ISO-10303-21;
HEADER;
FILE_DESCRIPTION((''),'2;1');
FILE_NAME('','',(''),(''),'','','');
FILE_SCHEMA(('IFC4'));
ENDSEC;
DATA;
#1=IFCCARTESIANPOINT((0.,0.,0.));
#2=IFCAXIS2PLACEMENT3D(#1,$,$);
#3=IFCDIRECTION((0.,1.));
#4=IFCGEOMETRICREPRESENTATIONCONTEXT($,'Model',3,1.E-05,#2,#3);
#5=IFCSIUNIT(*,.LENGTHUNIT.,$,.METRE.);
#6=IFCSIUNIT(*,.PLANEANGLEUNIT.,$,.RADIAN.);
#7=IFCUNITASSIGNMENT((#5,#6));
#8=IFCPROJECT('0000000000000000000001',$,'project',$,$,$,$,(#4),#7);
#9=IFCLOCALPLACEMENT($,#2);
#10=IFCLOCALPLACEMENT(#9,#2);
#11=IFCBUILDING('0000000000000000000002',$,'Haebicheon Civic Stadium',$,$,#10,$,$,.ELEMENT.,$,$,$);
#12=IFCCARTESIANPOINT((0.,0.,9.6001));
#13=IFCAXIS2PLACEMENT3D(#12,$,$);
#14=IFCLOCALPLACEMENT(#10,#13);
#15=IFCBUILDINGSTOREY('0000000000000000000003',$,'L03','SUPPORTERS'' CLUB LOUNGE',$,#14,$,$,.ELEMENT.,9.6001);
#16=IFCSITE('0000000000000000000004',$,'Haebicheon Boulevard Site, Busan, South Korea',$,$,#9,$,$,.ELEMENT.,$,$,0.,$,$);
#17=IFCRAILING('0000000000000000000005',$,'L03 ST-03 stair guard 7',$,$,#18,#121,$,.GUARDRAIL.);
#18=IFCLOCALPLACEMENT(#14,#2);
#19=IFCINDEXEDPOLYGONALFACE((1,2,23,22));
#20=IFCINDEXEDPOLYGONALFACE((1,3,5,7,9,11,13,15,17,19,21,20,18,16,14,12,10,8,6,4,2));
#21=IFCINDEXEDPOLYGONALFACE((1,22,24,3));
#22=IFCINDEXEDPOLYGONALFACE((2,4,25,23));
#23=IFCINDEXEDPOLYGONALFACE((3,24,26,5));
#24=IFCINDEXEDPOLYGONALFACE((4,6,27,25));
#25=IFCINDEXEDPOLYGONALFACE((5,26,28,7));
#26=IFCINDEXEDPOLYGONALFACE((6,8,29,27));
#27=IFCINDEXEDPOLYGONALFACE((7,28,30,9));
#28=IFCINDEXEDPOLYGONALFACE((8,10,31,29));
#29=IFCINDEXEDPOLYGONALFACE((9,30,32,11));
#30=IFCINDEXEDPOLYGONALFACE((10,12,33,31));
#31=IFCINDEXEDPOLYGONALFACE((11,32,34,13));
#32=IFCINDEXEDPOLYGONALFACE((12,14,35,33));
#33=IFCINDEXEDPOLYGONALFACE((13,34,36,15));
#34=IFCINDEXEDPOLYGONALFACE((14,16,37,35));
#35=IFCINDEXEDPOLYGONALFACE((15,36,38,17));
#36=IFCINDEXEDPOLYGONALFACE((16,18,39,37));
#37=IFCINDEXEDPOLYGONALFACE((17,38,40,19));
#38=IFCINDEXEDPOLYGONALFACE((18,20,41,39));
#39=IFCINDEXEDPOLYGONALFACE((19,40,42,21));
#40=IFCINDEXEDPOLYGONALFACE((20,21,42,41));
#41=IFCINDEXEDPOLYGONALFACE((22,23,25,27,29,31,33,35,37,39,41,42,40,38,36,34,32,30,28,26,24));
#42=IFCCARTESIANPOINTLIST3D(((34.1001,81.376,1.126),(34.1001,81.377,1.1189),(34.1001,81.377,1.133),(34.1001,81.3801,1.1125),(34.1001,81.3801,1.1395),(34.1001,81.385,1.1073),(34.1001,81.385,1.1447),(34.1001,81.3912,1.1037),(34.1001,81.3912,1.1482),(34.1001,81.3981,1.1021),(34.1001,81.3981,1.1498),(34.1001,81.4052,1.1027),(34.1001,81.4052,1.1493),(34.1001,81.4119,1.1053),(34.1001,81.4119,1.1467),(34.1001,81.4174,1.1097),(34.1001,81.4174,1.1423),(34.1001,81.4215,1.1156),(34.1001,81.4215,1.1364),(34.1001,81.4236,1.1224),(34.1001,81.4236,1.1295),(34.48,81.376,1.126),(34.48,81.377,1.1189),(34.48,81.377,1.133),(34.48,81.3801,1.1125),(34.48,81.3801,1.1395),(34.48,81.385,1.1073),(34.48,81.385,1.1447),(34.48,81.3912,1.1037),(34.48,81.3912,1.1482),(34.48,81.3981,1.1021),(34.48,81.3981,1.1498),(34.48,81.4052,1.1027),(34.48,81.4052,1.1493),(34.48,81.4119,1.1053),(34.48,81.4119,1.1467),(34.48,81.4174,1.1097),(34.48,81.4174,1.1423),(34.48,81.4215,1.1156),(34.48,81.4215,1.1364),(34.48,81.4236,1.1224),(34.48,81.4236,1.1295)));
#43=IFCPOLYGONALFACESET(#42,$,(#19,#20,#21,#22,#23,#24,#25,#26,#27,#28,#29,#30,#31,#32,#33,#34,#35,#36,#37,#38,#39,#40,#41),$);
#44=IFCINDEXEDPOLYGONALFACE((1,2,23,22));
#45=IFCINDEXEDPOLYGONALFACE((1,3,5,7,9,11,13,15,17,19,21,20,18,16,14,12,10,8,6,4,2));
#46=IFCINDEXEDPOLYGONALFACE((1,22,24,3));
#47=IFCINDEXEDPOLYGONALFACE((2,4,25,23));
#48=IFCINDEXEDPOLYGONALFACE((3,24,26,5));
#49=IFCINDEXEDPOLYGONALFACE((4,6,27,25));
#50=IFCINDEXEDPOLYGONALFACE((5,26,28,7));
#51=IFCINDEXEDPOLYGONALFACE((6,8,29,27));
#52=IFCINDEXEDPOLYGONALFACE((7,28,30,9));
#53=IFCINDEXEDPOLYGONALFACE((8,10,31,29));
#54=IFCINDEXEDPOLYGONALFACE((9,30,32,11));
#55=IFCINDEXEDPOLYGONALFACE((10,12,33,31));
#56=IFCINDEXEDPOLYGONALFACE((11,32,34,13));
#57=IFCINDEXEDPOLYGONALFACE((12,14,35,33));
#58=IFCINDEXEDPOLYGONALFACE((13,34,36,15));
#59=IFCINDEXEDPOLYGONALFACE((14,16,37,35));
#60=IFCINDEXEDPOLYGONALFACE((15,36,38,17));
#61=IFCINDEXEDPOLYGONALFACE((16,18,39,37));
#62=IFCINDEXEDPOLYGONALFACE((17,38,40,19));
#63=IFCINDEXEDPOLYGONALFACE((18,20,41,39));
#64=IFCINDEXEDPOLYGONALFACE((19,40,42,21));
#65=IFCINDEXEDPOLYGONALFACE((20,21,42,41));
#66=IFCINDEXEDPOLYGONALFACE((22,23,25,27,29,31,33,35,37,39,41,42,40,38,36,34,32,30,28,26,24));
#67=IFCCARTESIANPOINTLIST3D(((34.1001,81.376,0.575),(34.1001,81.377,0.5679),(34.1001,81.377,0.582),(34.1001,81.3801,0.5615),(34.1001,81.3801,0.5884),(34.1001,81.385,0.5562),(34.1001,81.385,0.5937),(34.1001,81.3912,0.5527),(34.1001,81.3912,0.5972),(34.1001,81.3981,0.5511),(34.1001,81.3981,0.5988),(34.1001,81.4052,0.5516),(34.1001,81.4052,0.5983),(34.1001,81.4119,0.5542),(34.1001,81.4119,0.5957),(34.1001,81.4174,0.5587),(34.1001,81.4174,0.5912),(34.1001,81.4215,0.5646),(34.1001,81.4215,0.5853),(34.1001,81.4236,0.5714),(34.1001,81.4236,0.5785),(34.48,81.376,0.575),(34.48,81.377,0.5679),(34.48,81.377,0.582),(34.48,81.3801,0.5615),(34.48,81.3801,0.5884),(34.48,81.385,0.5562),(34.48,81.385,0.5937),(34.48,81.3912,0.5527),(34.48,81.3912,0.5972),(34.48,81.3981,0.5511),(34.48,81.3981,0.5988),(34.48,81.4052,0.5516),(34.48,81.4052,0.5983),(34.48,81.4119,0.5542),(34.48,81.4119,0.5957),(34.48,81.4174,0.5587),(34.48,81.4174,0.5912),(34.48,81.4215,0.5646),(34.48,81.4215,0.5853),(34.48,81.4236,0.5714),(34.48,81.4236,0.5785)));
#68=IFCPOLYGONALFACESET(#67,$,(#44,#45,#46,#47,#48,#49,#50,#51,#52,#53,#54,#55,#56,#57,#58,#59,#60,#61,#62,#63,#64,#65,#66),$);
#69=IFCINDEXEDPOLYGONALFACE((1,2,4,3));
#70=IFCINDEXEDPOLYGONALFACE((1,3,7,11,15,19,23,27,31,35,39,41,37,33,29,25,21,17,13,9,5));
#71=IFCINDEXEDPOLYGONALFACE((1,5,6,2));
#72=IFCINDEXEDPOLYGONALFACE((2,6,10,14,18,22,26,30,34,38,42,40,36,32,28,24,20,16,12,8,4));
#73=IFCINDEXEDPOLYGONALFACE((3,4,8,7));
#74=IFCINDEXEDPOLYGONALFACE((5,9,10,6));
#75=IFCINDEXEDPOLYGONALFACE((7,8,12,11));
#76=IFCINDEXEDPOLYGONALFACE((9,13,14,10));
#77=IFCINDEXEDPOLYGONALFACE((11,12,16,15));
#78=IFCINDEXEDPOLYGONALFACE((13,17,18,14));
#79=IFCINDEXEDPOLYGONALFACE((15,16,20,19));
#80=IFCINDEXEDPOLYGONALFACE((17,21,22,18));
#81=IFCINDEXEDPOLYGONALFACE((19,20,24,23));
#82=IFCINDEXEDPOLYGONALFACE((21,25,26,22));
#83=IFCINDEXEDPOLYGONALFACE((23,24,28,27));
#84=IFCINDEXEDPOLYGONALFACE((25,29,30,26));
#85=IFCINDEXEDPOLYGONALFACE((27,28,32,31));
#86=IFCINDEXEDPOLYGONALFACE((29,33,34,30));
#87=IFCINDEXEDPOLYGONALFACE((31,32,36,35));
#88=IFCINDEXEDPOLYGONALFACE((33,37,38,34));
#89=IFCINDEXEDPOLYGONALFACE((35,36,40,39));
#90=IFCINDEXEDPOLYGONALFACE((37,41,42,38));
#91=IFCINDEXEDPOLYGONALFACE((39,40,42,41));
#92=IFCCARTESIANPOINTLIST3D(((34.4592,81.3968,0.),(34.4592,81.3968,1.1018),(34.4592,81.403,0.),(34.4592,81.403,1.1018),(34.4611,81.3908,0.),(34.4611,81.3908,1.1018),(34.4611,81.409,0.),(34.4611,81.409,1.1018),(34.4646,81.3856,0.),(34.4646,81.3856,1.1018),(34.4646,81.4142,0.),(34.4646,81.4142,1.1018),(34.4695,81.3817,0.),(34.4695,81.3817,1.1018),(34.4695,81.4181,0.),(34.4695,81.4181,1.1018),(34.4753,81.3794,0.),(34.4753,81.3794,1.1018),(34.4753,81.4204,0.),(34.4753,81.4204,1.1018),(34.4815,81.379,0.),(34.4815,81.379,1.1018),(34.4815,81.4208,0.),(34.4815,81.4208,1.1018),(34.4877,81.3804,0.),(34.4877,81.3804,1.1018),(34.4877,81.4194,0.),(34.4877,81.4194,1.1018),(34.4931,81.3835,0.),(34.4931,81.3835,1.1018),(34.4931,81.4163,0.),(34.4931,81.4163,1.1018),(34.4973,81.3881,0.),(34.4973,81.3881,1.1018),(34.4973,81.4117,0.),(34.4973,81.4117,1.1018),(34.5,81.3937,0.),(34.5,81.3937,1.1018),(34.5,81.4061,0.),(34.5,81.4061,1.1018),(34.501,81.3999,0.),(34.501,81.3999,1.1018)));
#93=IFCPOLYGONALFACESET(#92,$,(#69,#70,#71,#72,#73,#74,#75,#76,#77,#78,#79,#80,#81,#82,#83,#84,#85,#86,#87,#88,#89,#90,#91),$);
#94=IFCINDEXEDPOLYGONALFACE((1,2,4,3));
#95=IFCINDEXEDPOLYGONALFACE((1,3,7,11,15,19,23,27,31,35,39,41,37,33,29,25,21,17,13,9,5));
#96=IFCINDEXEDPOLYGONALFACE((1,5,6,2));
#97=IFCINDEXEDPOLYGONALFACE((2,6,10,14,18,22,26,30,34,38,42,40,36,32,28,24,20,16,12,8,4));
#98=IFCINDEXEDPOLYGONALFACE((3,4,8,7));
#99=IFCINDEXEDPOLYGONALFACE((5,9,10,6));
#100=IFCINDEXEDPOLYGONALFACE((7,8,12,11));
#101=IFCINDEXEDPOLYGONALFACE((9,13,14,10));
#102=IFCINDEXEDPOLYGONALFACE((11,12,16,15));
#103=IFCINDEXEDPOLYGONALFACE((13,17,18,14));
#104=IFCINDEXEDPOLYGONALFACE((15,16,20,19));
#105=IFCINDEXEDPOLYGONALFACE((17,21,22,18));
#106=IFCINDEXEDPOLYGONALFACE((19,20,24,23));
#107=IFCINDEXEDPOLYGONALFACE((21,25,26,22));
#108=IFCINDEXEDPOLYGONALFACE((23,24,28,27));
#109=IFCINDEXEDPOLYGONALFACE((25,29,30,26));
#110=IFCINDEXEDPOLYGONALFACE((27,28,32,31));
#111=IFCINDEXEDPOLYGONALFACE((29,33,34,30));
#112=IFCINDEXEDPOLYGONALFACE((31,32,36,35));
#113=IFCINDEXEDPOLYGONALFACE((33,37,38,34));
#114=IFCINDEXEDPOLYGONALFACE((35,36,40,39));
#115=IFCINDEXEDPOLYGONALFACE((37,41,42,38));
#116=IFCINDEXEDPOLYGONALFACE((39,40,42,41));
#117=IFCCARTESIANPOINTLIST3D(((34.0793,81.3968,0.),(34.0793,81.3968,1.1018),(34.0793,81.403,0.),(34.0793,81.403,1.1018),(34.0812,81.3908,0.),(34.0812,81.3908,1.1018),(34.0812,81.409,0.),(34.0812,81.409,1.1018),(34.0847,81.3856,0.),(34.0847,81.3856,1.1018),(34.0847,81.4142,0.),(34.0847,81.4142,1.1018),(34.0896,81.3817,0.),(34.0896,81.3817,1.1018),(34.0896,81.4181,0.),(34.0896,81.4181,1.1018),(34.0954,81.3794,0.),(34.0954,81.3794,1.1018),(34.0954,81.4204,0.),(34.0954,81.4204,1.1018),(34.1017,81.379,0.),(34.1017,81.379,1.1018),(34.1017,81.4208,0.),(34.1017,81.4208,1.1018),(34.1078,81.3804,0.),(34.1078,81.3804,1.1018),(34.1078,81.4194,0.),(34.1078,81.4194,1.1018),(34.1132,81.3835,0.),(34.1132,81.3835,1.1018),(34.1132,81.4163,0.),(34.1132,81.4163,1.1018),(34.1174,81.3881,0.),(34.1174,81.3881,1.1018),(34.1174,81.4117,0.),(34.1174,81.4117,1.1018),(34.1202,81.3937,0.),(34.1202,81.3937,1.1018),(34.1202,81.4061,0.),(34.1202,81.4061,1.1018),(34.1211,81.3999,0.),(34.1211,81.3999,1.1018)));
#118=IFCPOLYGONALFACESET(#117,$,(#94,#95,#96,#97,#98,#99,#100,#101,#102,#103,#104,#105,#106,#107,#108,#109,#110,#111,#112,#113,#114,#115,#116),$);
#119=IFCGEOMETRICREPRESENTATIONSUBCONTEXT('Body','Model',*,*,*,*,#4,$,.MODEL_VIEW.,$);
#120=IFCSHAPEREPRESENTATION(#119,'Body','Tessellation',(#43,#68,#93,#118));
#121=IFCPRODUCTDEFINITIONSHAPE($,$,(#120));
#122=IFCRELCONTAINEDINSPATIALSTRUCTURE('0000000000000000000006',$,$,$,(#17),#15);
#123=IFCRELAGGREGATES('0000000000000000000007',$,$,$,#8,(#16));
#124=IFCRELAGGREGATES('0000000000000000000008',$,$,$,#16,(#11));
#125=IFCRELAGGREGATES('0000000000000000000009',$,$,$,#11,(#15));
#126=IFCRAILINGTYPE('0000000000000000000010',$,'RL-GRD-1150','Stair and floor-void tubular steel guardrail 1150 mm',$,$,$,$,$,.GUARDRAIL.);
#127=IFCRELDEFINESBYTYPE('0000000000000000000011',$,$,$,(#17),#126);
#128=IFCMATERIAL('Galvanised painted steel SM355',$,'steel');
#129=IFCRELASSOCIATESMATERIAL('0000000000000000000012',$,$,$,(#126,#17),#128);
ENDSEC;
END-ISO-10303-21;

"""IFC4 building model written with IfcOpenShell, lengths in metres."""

from ifc_helpers import new_model, si_unit, direction, frame, origin, origin_2d, place, context, subcontext, project, spatial, circle, extrude, material, type_object, element, save


model = new_model("IFC4")

# Units and contexts
model_context = context("Model", 3, precision=1e-05, world=origin(), true_north=direction((0.0, 1.0)))
body_context = subcontext(model_context, "Body", "Model", "MODEL_VIEW")
ifc_project = project(units=[si_unit("LENGTHUNIT", "METRE"), si_unit("PLANEANGLEUNIT", "RADIAN")], contexts=[model_context])

# Site, building, storey
site_placement = place(None, origin())
site = spatial("IfcSite", under=ifc_project, at=site_placement, Name="Haebicheon Boulevard Site, Busan, South Korea", CompositionType="ELEMENT", RefElevation=0.0)
building_placement = place(site_placement, origin())
building = spatial("IfcBuilding", under=site, at=building_placement, Name="Haebicheon Civic Stadium", CompositionType="ELEMENT")
storey_placement = place(building_placement, frame((0.0, 0.0, 9.6001)))
storey = spatial("IfcBuildingStorey", under=building, at=storey_placement, Name="L03", Description="SUPPORTERS' CLUB LOUNGE", CompositionType="ELEMENT", Elevation=9.6001)

# Railing
ifc_material_1 = material(Name="Galvanised painted steel SM355", Category="steel")
railing_type_1 = type_object("IfcRailingType", Name="RL-GRD-1150", Description="Stair and floor-void tubular steel guardrail 1150 mm", PredefinedType="GUARDRAIL", material=ifc_material_1)
railing_1_placement = place(storey_placement, frame((34.48, 81.3999, 0.0)))
element("IfcRailing", 1, at=railing_1_placement, inside=storey, type_object=railing_type_1, material=ifc_material_1, Name="L03 ST-03 stair guard 7", PredefinedType="GUARDRAIL", context=body_context, shape_type="SweptSolid", body=[
    extrude(circle(Radius=0.0239, at=origin_2d()), frame((0.0, 0.0, 1.126), z_axis=(-1.0, 0.0, 0.0), x_axis=(0.0, -1.0, 0.0)), (0.0, 0.0, 1.0), 0.3799),
    extrude(circle(Radius=0.0239, at=origin_2d()), frame((0.0, 0.0, 0.575), z_axis=(-1.0, 0.0, 0.0), x_axis=(0.0, -1.0, 0.0)), (0.0, 0.0, 1.0), 0.3799),
    extrude(circle(Radius=0.021, at=origin_2d()), origin(), (0.0, 0.0, 1.0), 1.1018),
    extrude(circle(Radius=0.021, at=origin_2d()), frame((-0.3799, 0.0, 0.0)), (0.0, 0.0, 1.0), 1.1018),
])

save(model, "model.ifc")
